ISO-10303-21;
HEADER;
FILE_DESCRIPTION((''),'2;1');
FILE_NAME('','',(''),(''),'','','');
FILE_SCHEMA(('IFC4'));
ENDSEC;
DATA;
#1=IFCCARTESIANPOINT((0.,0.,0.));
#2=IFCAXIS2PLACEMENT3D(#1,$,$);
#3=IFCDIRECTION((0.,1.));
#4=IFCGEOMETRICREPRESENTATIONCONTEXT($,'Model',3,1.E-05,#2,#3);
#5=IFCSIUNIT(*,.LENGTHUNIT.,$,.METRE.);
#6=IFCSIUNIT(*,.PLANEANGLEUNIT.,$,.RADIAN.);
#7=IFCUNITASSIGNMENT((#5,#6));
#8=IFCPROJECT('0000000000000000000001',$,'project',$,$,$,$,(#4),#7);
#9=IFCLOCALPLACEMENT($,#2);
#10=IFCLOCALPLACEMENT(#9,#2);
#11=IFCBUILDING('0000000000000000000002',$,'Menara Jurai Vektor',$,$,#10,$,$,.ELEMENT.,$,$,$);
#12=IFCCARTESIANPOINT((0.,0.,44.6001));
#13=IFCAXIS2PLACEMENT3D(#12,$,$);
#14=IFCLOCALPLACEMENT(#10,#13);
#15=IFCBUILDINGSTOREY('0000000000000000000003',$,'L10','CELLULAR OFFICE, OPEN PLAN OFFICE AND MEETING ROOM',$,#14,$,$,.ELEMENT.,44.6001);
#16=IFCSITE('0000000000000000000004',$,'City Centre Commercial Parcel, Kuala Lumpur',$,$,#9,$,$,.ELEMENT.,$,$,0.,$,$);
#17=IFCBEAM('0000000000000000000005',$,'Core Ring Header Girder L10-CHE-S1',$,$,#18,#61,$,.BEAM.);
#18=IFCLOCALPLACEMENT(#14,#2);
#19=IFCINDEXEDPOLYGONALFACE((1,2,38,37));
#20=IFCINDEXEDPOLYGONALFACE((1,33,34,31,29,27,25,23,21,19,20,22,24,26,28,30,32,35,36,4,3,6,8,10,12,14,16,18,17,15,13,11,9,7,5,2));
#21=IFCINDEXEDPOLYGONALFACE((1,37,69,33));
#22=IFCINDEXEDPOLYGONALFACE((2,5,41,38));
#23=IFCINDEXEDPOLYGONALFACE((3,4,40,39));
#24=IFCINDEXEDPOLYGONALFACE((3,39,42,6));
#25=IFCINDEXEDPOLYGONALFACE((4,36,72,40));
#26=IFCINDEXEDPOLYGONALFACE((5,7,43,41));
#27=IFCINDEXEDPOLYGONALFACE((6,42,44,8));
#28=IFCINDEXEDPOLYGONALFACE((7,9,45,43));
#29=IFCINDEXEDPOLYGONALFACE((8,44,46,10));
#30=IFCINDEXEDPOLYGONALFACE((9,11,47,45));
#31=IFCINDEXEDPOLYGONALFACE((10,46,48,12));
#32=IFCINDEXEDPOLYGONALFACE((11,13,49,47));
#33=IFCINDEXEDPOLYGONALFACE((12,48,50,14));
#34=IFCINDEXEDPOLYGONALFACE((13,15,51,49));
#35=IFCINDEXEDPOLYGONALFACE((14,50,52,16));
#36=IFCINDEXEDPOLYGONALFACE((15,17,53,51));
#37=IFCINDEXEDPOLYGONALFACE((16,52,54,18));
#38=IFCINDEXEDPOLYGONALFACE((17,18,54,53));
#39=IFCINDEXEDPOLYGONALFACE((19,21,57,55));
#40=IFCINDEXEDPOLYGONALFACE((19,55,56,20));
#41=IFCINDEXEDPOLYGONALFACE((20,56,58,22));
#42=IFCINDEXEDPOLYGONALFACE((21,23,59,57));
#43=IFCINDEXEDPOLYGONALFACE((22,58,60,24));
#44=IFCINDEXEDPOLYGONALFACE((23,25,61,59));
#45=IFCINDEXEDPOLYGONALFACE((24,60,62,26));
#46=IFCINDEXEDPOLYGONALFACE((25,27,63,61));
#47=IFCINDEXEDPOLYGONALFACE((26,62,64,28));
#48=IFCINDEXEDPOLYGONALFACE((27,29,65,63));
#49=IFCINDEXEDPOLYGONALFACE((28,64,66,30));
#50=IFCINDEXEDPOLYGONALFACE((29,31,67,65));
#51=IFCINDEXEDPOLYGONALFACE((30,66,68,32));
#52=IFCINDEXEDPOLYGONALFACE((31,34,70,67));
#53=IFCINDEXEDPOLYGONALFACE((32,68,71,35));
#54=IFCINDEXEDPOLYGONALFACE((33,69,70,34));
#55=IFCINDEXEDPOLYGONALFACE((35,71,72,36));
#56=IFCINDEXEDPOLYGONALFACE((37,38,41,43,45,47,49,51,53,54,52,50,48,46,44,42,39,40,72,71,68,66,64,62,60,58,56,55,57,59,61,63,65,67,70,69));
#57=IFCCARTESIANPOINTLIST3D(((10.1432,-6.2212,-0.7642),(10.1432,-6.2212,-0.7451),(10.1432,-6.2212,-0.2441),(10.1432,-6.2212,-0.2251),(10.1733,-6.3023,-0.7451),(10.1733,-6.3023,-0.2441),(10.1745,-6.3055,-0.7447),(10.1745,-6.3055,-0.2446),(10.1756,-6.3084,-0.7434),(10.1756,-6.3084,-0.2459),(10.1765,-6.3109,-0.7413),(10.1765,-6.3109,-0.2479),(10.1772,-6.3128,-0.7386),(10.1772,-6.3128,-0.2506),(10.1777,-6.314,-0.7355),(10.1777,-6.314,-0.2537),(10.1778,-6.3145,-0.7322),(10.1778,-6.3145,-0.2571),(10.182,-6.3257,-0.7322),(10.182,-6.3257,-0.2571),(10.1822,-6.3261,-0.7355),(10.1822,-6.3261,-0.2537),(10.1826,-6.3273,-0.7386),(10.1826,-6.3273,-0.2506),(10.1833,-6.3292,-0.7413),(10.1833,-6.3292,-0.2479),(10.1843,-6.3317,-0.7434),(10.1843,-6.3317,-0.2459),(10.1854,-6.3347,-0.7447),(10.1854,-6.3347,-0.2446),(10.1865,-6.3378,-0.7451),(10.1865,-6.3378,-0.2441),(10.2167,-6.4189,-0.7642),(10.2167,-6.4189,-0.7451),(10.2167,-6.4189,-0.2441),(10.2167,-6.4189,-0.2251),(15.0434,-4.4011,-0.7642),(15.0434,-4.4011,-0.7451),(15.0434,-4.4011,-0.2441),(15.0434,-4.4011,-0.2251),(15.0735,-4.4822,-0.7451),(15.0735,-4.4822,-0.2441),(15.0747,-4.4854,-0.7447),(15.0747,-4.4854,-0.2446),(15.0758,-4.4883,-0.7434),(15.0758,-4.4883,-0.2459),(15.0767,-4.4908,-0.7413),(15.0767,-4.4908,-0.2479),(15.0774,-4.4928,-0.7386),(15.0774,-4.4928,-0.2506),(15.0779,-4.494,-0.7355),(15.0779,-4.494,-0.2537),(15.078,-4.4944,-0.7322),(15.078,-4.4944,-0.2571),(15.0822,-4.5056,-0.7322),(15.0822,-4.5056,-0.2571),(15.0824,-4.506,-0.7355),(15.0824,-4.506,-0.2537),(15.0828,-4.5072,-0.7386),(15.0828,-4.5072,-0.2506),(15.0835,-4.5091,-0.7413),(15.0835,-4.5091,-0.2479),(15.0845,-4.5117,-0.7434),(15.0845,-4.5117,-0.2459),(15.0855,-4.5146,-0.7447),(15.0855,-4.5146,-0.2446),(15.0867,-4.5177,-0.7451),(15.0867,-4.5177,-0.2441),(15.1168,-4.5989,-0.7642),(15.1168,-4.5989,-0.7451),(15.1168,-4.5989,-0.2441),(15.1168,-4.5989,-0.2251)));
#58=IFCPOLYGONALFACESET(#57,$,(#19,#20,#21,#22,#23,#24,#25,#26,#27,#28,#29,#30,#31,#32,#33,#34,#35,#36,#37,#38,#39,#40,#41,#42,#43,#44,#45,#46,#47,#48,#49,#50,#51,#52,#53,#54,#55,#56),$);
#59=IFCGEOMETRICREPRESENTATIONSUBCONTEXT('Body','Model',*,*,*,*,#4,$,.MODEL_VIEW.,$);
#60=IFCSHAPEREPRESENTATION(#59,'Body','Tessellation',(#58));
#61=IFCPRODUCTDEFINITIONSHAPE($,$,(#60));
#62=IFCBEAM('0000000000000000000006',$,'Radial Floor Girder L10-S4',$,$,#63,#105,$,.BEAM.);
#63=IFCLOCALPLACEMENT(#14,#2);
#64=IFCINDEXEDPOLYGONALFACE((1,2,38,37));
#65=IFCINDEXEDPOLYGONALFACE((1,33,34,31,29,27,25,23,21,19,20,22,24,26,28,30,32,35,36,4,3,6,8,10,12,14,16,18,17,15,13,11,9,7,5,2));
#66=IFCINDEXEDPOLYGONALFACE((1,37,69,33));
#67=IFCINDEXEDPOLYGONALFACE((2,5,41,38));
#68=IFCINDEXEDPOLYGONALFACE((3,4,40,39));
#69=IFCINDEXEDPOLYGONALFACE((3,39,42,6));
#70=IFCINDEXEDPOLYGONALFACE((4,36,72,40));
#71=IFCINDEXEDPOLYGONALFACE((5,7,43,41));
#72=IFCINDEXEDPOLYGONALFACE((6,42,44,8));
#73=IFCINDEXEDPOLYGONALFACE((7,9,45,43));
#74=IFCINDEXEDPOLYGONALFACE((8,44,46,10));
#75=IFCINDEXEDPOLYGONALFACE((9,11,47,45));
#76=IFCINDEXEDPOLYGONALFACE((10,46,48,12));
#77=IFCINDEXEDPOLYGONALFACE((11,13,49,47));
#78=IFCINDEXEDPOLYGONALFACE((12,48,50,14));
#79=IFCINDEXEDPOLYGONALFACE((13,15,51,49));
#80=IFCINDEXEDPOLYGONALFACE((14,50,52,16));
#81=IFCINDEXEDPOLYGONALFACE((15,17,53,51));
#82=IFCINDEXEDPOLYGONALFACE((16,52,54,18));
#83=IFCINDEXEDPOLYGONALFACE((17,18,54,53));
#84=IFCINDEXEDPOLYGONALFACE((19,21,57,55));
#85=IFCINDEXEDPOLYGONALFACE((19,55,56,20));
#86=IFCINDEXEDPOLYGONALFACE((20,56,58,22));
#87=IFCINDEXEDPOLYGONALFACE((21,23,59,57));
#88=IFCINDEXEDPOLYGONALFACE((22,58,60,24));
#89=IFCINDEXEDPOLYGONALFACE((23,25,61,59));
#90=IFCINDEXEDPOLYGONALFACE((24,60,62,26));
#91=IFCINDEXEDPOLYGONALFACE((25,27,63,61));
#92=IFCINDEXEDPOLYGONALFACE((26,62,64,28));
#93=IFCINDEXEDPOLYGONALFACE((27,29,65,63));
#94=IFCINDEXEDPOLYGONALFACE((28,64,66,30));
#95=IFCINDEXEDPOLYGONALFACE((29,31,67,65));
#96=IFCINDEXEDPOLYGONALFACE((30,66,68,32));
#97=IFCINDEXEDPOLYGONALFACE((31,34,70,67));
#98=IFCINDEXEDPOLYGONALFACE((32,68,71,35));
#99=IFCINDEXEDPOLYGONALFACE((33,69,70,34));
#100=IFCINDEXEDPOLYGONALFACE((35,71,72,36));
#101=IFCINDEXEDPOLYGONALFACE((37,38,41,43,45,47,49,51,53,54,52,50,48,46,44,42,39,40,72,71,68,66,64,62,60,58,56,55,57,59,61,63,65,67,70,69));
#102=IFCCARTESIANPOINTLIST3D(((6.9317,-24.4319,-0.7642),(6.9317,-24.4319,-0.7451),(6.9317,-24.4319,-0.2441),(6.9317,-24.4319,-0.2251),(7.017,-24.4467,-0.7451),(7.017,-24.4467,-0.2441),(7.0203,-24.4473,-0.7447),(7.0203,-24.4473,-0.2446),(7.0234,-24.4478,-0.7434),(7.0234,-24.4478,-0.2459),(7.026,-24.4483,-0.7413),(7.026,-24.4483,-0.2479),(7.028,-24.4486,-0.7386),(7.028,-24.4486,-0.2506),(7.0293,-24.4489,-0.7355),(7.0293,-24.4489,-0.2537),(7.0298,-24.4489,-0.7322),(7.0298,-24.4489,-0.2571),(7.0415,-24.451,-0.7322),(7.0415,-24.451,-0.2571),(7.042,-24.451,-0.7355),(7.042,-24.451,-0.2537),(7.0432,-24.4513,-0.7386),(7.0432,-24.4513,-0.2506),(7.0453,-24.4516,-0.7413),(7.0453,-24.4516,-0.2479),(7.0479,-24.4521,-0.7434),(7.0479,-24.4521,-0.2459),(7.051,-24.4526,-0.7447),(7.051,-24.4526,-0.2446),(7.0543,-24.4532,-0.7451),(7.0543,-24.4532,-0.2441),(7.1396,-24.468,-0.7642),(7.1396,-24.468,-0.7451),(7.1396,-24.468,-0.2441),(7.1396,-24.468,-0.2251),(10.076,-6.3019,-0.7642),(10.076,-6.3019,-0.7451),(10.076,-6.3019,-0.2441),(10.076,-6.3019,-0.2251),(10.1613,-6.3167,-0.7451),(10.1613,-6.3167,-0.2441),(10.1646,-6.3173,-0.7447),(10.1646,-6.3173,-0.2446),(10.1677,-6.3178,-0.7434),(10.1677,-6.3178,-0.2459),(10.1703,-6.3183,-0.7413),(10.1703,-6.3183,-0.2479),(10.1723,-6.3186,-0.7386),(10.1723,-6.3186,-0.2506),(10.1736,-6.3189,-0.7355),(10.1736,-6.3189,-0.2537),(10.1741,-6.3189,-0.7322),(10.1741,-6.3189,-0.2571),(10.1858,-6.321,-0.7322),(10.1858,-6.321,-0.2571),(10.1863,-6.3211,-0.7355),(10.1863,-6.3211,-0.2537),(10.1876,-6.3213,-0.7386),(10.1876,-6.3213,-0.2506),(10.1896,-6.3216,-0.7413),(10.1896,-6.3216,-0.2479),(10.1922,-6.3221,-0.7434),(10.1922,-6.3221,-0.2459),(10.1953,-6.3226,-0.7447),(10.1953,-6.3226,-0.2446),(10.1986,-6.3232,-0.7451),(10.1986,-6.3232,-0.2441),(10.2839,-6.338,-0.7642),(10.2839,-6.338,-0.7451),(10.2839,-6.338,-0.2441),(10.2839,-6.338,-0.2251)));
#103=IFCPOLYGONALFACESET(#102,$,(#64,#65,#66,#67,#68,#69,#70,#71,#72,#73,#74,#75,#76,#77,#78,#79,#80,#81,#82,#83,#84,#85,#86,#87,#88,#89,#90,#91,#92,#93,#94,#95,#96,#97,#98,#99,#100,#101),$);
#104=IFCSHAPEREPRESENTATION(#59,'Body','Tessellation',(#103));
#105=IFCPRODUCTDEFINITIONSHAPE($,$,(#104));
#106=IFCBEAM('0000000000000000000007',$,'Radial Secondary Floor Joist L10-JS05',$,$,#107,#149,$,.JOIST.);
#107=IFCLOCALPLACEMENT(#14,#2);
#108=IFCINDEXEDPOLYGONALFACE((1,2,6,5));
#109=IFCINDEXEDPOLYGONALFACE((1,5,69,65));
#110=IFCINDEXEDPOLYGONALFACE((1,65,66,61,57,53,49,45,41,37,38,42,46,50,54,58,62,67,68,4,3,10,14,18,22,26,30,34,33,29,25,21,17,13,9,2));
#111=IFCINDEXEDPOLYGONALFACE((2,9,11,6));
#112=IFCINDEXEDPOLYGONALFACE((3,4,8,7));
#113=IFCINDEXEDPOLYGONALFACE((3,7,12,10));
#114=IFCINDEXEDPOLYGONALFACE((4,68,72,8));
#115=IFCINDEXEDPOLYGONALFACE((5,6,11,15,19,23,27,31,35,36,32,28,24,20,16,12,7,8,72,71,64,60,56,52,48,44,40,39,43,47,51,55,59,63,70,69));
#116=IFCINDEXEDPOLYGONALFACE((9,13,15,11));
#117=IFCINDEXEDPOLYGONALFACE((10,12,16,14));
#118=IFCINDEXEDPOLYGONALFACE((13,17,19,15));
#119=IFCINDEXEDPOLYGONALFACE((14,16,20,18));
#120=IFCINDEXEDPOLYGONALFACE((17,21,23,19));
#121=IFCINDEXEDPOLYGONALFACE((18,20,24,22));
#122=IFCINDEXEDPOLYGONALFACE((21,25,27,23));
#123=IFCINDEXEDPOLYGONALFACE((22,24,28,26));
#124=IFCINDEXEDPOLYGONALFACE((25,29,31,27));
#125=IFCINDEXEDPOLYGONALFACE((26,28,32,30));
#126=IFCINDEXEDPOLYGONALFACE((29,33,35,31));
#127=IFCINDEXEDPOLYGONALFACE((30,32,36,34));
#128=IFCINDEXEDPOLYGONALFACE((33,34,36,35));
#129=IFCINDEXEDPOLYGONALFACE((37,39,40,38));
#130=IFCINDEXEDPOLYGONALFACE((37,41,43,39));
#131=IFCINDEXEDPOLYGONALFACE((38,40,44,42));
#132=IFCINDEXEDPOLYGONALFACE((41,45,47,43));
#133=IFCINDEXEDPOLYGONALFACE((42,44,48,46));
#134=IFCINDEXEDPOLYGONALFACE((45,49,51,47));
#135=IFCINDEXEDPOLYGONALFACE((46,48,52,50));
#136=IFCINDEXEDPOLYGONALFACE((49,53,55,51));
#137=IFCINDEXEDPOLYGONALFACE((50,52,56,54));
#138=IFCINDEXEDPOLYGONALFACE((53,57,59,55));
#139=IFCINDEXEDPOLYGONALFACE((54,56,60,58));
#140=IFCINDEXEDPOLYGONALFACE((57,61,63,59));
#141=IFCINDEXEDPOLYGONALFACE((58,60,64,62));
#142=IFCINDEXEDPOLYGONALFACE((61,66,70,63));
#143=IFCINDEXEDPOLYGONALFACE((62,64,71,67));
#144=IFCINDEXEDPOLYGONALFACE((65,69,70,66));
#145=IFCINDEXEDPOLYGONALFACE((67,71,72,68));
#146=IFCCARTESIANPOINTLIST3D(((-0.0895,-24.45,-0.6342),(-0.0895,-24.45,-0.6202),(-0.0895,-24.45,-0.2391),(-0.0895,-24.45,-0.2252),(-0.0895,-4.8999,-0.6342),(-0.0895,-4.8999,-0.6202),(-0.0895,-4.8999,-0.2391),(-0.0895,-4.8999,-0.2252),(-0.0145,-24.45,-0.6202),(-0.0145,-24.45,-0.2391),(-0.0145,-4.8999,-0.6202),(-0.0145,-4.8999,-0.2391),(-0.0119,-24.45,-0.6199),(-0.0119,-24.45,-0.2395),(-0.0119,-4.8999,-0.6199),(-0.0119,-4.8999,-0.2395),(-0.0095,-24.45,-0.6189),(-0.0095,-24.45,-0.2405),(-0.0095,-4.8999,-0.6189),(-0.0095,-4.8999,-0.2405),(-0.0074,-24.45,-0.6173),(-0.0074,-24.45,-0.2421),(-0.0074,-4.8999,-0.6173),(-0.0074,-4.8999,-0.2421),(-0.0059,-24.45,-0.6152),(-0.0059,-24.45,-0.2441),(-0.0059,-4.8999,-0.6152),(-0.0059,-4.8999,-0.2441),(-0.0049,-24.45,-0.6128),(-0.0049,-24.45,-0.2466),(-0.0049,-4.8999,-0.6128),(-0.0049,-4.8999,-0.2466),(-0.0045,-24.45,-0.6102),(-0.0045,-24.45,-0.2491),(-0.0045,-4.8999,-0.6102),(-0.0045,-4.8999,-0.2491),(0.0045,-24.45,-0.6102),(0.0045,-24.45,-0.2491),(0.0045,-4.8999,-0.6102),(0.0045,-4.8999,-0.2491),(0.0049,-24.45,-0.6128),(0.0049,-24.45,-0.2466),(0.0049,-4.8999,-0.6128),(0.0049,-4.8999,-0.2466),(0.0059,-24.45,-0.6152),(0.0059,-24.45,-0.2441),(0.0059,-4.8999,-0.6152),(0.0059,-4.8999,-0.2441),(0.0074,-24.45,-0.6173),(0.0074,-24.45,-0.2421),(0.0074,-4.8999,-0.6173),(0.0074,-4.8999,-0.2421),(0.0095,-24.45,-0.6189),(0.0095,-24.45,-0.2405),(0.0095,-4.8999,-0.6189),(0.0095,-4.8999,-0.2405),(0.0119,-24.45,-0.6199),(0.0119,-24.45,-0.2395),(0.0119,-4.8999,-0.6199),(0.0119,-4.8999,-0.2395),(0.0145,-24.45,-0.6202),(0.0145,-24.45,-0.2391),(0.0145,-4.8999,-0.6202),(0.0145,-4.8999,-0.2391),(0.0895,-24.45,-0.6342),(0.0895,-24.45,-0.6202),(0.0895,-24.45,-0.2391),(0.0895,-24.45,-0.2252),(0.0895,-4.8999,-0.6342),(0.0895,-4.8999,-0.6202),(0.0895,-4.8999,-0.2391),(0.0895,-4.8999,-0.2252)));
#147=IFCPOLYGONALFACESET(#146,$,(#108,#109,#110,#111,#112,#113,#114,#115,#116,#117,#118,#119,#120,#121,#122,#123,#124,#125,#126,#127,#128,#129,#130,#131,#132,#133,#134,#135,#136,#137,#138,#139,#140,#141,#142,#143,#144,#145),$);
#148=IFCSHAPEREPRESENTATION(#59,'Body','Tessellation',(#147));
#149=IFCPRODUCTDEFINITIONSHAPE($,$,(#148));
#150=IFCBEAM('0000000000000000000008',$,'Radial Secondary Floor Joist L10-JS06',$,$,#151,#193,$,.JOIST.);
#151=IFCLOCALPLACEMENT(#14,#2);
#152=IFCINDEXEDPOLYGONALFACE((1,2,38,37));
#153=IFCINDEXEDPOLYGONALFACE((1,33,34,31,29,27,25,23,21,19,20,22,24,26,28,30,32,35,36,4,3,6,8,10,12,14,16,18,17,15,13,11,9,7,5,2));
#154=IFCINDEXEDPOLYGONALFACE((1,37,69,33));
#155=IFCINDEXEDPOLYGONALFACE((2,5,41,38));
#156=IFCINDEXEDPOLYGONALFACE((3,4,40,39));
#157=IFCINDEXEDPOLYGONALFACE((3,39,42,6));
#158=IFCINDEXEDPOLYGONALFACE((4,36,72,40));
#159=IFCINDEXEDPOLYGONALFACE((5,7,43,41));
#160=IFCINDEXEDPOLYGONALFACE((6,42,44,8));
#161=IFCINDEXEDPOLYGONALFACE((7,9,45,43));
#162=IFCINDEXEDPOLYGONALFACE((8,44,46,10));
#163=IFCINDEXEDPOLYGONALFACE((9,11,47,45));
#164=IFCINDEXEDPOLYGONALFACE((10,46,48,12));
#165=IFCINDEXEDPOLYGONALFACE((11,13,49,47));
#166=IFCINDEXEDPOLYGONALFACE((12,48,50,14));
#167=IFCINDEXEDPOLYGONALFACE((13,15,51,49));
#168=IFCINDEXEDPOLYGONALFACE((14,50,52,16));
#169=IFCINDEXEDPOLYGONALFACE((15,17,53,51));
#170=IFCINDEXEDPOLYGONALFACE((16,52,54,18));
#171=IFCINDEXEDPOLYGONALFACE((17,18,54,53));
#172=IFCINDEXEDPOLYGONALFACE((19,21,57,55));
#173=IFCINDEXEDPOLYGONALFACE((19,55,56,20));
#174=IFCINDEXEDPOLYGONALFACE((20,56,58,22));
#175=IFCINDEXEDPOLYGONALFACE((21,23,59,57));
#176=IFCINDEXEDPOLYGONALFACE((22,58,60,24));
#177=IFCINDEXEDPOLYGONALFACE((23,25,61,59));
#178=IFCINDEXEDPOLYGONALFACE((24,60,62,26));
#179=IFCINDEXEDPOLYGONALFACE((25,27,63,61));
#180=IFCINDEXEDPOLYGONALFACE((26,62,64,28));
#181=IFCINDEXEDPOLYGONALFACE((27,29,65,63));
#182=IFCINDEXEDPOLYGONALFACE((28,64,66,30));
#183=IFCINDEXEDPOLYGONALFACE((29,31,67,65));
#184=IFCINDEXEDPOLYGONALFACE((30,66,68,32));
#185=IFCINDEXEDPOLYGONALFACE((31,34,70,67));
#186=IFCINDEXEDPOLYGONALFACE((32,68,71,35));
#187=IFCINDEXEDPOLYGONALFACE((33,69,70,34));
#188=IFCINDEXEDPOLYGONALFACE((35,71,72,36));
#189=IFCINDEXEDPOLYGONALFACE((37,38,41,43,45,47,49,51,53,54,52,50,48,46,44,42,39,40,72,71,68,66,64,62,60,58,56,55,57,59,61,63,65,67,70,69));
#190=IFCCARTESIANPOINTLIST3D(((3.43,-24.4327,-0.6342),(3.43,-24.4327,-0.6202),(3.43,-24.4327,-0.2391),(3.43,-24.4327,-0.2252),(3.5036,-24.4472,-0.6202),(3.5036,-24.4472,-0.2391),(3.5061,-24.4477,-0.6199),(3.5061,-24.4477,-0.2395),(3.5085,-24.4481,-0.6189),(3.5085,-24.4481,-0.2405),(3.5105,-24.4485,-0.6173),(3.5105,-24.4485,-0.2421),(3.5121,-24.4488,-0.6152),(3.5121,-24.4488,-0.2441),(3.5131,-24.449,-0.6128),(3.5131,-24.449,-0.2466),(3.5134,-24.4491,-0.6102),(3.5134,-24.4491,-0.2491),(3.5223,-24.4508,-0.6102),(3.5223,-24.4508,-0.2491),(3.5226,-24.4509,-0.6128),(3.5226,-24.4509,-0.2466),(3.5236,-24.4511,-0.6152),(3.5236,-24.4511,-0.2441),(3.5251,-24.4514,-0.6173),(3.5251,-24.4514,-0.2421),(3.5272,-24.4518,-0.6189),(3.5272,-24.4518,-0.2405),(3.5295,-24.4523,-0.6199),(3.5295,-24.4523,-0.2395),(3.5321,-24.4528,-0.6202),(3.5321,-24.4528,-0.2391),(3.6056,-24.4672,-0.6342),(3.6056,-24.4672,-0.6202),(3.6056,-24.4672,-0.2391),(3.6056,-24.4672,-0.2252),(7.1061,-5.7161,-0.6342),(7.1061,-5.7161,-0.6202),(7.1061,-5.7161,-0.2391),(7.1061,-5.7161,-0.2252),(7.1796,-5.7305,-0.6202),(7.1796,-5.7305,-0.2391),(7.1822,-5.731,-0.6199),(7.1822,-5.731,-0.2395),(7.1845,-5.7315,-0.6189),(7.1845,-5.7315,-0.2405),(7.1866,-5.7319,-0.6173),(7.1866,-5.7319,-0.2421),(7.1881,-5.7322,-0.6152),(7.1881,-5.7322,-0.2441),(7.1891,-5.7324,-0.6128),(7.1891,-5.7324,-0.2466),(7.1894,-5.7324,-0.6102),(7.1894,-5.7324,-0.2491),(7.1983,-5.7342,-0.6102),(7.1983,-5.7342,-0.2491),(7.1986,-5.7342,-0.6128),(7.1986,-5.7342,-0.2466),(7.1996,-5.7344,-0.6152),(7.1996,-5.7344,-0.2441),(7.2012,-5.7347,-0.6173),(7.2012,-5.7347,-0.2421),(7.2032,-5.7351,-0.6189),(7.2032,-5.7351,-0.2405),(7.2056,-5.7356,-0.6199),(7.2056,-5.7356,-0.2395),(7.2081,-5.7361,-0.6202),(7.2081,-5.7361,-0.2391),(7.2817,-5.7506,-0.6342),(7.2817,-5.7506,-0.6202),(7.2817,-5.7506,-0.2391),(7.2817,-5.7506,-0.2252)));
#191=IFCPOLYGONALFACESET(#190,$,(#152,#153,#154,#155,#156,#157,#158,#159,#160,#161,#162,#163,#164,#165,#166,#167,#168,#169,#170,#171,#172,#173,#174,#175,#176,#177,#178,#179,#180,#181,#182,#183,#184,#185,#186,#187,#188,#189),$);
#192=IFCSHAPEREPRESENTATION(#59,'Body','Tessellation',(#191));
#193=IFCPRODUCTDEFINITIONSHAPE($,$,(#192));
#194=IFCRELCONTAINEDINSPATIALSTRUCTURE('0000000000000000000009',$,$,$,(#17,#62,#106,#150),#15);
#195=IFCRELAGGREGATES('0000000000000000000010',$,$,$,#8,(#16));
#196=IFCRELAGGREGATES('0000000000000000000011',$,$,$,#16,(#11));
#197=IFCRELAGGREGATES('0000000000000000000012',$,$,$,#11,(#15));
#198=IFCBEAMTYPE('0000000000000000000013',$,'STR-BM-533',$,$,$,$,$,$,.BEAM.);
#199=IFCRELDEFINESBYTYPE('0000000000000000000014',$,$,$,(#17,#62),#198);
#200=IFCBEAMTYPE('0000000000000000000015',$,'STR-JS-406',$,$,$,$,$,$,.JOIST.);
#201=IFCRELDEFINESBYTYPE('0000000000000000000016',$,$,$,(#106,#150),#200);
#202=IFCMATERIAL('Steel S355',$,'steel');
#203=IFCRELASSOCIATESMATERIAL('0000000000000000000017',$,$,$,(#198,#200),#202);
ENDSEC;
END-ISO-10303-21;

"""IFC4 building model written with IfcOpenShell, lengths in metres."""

from ifc_helpers import new_model, si_unit, direction, frame, origin, origin_2d, place, context, subcontext, project, spatial, i_section, extrude, material, material_profile, profile_set, type_object, element, save


model = new_model("IFC4")

# Units and contexts
model_context = context("Model", 3, precision=1e-05, world=origin(), true_north=direction((0.0, 1.0)))
body_context = subcontext(model_context, "Body", "Model", "MODEL_VIEW")
ifc_project = project(units=[si_unit("LENGTHUNIT", "METRE"), si_unit("PLANEANGLEUNIT", "RADIAN")], contexts=[model_context])

# Site, building, storey
site_placement = place(None, origin())
site = spatial("IfcSite", under=ifc_project, at=site_placement, Name="City Centre Commercial Parcel, Kuala Lumpur", CompositionType="ELEMENT", RefElevation=0.0)
building_placement = place(site_placement, origin())
building = spatial("IfcBuilding", under=site, at=building_placement, Name="Menara Jurai Vektor", CompositionType="ELEMENT")
storey_placement = place(building_placement, frame((0.0, 0.0, 44.6001)))
storey = spatial("IfcBuildingStorey", under=building, at=storey_placement, Name="L10", Description="CELLULAR OFFICE, OPEN PLAN OFFICE AND MEETING ROOM", CompositionType="ELEMENT", Elevation=44.6001)

# Beams
ifc_material_1 = material(Name="Steel S355", Category="steel")
ifc_material_profile_1 = material_profile(ifc_material_1, i_section(OverallWidth=0.2109, OverallDepth=0.5391, WebThickness=0.012, FlangeThickness=0.019, FilletRadius=0.0129, at=origin_2d()), Name="UKB 533x210x109")
ifc_profile_set_1 = profile_set([ifc_material_profile_1], Name="Steel S355")
beam_type_1 = type_object("IfcBeamType", Name="STR-BM-533", PredefinedType="BEAM", material=ifc_profile_set_1)
beam_1_placement = place(storey_placement, frame((10.1799, -6.3201, -0.4946), z_axis=(0.937424, 0.348189, 0.0), x_axis=(-0.348189, 0.937424, 0.0)))
element("IfcBeam", 1, at=beam_1_placement, inside=storey, type_object=beam_type_1, Name="Core Ring Header Girder L10-CHE-S1", PredefinedType="BEAM", context=body_context, shape_type="SweptSolid", body=[
    extrude(i_section(OverallWidth=0.2109, OverallDepth=0.5391, WebThickness=0.012, FlangeThickness=0.019, FilletRadius=0.0129, at=origin_2d()), origin(), (0.0, 0.0, 1.0), 5.2273),
])
beam_2_placement = place(storey_placement, frame((7.0356, -24.45, -0.4946), z_axis=(0.17088, 0.985292, 0.0), x_axis=(-0.985292, 0.17088, 0.0)))
element("IfcBeam", 2, at=beam_2_placement, inside=storey, type_object=beam_type_1, Name="Radial Floor Girder L10-S4", PredefinedType="BEAM", context=body_context, shape_type="SweptSolid", body=[
    extrude(i_section(OverallWidth=0.2109, OverallDepth=0.5391, WebThickness=0.012, FlangeThickness=0.019, FilletRadius=0.0129, at=origin_2d()), origin(), (0.0, 0.0, 1.0), 18.4006),
])
ifc_material_profile_2 = material_profile(ifc_material_1, i_section(OverallWidth=0.179, OverallDepth=0.4089, WebThickness=0.009, FlangeThickness=0.0139, FilletRadius=0.01, at=origin_2d()), Name="UKB 406x178x67")
ifc_profile_set_2 = profile_set([ifc_material_profile_2], Name="Steel S355")
beam_type_2 = type_object("IfcBeamType", Name="STR-JS-406", PredefinedType="JOIST", material=ifc_profile_set_2)
beam_3_placement = place(storey_placement, frame((0.0, -24.45, -0.4297), z_axis=(0.0, 1.0, 0.0), x_axis=(-1.0, 0.0, 0.0)))
element("IfcBeam", 3, at=beam_3_placement, inside=storey, type_object=beam_type_2, Name="Radial Secondary Floor Joist L10-JS05", PredefinedType="JOIST", context=body_context, shape_type="SweptSolid", body=[
    extrude(i_section(OverallWidth=0.179, OverallDepth=0.4089, WebThickness=0.009, FlangeThickness=0.0139, FilletRadius=0.01, at=origin_2d()), origin(), (0.0, 0.0, 1.0), 19.55),
])
beam_4_placement = place(storey_placement, frame((3.5178, -24.45, -0.4297), z_axis=(0.192723, 0.981253, 0.0), x_axis=(-0.981253, 0.192723, 0.0)))
element("IfcBeam", 4, at=beam_4_placement, inside=storey, type_object=beam_type_2, Name="Radial Secondary Floor Joist L10-JS06", PredefinedType="JOIST", context=body_context, shape_type="SweptSolid", body=[
    extrude(i_section(OverallWidth=0.179, OverallDepth=0.4089, WebThickness=0.009, FlangeThickness=0.0139, FilletRadius=0.01, at=origin_2d()), origin(), (0.0, 0.0, 1.0), 19.0742),
])

save(model, "model.ifc")
